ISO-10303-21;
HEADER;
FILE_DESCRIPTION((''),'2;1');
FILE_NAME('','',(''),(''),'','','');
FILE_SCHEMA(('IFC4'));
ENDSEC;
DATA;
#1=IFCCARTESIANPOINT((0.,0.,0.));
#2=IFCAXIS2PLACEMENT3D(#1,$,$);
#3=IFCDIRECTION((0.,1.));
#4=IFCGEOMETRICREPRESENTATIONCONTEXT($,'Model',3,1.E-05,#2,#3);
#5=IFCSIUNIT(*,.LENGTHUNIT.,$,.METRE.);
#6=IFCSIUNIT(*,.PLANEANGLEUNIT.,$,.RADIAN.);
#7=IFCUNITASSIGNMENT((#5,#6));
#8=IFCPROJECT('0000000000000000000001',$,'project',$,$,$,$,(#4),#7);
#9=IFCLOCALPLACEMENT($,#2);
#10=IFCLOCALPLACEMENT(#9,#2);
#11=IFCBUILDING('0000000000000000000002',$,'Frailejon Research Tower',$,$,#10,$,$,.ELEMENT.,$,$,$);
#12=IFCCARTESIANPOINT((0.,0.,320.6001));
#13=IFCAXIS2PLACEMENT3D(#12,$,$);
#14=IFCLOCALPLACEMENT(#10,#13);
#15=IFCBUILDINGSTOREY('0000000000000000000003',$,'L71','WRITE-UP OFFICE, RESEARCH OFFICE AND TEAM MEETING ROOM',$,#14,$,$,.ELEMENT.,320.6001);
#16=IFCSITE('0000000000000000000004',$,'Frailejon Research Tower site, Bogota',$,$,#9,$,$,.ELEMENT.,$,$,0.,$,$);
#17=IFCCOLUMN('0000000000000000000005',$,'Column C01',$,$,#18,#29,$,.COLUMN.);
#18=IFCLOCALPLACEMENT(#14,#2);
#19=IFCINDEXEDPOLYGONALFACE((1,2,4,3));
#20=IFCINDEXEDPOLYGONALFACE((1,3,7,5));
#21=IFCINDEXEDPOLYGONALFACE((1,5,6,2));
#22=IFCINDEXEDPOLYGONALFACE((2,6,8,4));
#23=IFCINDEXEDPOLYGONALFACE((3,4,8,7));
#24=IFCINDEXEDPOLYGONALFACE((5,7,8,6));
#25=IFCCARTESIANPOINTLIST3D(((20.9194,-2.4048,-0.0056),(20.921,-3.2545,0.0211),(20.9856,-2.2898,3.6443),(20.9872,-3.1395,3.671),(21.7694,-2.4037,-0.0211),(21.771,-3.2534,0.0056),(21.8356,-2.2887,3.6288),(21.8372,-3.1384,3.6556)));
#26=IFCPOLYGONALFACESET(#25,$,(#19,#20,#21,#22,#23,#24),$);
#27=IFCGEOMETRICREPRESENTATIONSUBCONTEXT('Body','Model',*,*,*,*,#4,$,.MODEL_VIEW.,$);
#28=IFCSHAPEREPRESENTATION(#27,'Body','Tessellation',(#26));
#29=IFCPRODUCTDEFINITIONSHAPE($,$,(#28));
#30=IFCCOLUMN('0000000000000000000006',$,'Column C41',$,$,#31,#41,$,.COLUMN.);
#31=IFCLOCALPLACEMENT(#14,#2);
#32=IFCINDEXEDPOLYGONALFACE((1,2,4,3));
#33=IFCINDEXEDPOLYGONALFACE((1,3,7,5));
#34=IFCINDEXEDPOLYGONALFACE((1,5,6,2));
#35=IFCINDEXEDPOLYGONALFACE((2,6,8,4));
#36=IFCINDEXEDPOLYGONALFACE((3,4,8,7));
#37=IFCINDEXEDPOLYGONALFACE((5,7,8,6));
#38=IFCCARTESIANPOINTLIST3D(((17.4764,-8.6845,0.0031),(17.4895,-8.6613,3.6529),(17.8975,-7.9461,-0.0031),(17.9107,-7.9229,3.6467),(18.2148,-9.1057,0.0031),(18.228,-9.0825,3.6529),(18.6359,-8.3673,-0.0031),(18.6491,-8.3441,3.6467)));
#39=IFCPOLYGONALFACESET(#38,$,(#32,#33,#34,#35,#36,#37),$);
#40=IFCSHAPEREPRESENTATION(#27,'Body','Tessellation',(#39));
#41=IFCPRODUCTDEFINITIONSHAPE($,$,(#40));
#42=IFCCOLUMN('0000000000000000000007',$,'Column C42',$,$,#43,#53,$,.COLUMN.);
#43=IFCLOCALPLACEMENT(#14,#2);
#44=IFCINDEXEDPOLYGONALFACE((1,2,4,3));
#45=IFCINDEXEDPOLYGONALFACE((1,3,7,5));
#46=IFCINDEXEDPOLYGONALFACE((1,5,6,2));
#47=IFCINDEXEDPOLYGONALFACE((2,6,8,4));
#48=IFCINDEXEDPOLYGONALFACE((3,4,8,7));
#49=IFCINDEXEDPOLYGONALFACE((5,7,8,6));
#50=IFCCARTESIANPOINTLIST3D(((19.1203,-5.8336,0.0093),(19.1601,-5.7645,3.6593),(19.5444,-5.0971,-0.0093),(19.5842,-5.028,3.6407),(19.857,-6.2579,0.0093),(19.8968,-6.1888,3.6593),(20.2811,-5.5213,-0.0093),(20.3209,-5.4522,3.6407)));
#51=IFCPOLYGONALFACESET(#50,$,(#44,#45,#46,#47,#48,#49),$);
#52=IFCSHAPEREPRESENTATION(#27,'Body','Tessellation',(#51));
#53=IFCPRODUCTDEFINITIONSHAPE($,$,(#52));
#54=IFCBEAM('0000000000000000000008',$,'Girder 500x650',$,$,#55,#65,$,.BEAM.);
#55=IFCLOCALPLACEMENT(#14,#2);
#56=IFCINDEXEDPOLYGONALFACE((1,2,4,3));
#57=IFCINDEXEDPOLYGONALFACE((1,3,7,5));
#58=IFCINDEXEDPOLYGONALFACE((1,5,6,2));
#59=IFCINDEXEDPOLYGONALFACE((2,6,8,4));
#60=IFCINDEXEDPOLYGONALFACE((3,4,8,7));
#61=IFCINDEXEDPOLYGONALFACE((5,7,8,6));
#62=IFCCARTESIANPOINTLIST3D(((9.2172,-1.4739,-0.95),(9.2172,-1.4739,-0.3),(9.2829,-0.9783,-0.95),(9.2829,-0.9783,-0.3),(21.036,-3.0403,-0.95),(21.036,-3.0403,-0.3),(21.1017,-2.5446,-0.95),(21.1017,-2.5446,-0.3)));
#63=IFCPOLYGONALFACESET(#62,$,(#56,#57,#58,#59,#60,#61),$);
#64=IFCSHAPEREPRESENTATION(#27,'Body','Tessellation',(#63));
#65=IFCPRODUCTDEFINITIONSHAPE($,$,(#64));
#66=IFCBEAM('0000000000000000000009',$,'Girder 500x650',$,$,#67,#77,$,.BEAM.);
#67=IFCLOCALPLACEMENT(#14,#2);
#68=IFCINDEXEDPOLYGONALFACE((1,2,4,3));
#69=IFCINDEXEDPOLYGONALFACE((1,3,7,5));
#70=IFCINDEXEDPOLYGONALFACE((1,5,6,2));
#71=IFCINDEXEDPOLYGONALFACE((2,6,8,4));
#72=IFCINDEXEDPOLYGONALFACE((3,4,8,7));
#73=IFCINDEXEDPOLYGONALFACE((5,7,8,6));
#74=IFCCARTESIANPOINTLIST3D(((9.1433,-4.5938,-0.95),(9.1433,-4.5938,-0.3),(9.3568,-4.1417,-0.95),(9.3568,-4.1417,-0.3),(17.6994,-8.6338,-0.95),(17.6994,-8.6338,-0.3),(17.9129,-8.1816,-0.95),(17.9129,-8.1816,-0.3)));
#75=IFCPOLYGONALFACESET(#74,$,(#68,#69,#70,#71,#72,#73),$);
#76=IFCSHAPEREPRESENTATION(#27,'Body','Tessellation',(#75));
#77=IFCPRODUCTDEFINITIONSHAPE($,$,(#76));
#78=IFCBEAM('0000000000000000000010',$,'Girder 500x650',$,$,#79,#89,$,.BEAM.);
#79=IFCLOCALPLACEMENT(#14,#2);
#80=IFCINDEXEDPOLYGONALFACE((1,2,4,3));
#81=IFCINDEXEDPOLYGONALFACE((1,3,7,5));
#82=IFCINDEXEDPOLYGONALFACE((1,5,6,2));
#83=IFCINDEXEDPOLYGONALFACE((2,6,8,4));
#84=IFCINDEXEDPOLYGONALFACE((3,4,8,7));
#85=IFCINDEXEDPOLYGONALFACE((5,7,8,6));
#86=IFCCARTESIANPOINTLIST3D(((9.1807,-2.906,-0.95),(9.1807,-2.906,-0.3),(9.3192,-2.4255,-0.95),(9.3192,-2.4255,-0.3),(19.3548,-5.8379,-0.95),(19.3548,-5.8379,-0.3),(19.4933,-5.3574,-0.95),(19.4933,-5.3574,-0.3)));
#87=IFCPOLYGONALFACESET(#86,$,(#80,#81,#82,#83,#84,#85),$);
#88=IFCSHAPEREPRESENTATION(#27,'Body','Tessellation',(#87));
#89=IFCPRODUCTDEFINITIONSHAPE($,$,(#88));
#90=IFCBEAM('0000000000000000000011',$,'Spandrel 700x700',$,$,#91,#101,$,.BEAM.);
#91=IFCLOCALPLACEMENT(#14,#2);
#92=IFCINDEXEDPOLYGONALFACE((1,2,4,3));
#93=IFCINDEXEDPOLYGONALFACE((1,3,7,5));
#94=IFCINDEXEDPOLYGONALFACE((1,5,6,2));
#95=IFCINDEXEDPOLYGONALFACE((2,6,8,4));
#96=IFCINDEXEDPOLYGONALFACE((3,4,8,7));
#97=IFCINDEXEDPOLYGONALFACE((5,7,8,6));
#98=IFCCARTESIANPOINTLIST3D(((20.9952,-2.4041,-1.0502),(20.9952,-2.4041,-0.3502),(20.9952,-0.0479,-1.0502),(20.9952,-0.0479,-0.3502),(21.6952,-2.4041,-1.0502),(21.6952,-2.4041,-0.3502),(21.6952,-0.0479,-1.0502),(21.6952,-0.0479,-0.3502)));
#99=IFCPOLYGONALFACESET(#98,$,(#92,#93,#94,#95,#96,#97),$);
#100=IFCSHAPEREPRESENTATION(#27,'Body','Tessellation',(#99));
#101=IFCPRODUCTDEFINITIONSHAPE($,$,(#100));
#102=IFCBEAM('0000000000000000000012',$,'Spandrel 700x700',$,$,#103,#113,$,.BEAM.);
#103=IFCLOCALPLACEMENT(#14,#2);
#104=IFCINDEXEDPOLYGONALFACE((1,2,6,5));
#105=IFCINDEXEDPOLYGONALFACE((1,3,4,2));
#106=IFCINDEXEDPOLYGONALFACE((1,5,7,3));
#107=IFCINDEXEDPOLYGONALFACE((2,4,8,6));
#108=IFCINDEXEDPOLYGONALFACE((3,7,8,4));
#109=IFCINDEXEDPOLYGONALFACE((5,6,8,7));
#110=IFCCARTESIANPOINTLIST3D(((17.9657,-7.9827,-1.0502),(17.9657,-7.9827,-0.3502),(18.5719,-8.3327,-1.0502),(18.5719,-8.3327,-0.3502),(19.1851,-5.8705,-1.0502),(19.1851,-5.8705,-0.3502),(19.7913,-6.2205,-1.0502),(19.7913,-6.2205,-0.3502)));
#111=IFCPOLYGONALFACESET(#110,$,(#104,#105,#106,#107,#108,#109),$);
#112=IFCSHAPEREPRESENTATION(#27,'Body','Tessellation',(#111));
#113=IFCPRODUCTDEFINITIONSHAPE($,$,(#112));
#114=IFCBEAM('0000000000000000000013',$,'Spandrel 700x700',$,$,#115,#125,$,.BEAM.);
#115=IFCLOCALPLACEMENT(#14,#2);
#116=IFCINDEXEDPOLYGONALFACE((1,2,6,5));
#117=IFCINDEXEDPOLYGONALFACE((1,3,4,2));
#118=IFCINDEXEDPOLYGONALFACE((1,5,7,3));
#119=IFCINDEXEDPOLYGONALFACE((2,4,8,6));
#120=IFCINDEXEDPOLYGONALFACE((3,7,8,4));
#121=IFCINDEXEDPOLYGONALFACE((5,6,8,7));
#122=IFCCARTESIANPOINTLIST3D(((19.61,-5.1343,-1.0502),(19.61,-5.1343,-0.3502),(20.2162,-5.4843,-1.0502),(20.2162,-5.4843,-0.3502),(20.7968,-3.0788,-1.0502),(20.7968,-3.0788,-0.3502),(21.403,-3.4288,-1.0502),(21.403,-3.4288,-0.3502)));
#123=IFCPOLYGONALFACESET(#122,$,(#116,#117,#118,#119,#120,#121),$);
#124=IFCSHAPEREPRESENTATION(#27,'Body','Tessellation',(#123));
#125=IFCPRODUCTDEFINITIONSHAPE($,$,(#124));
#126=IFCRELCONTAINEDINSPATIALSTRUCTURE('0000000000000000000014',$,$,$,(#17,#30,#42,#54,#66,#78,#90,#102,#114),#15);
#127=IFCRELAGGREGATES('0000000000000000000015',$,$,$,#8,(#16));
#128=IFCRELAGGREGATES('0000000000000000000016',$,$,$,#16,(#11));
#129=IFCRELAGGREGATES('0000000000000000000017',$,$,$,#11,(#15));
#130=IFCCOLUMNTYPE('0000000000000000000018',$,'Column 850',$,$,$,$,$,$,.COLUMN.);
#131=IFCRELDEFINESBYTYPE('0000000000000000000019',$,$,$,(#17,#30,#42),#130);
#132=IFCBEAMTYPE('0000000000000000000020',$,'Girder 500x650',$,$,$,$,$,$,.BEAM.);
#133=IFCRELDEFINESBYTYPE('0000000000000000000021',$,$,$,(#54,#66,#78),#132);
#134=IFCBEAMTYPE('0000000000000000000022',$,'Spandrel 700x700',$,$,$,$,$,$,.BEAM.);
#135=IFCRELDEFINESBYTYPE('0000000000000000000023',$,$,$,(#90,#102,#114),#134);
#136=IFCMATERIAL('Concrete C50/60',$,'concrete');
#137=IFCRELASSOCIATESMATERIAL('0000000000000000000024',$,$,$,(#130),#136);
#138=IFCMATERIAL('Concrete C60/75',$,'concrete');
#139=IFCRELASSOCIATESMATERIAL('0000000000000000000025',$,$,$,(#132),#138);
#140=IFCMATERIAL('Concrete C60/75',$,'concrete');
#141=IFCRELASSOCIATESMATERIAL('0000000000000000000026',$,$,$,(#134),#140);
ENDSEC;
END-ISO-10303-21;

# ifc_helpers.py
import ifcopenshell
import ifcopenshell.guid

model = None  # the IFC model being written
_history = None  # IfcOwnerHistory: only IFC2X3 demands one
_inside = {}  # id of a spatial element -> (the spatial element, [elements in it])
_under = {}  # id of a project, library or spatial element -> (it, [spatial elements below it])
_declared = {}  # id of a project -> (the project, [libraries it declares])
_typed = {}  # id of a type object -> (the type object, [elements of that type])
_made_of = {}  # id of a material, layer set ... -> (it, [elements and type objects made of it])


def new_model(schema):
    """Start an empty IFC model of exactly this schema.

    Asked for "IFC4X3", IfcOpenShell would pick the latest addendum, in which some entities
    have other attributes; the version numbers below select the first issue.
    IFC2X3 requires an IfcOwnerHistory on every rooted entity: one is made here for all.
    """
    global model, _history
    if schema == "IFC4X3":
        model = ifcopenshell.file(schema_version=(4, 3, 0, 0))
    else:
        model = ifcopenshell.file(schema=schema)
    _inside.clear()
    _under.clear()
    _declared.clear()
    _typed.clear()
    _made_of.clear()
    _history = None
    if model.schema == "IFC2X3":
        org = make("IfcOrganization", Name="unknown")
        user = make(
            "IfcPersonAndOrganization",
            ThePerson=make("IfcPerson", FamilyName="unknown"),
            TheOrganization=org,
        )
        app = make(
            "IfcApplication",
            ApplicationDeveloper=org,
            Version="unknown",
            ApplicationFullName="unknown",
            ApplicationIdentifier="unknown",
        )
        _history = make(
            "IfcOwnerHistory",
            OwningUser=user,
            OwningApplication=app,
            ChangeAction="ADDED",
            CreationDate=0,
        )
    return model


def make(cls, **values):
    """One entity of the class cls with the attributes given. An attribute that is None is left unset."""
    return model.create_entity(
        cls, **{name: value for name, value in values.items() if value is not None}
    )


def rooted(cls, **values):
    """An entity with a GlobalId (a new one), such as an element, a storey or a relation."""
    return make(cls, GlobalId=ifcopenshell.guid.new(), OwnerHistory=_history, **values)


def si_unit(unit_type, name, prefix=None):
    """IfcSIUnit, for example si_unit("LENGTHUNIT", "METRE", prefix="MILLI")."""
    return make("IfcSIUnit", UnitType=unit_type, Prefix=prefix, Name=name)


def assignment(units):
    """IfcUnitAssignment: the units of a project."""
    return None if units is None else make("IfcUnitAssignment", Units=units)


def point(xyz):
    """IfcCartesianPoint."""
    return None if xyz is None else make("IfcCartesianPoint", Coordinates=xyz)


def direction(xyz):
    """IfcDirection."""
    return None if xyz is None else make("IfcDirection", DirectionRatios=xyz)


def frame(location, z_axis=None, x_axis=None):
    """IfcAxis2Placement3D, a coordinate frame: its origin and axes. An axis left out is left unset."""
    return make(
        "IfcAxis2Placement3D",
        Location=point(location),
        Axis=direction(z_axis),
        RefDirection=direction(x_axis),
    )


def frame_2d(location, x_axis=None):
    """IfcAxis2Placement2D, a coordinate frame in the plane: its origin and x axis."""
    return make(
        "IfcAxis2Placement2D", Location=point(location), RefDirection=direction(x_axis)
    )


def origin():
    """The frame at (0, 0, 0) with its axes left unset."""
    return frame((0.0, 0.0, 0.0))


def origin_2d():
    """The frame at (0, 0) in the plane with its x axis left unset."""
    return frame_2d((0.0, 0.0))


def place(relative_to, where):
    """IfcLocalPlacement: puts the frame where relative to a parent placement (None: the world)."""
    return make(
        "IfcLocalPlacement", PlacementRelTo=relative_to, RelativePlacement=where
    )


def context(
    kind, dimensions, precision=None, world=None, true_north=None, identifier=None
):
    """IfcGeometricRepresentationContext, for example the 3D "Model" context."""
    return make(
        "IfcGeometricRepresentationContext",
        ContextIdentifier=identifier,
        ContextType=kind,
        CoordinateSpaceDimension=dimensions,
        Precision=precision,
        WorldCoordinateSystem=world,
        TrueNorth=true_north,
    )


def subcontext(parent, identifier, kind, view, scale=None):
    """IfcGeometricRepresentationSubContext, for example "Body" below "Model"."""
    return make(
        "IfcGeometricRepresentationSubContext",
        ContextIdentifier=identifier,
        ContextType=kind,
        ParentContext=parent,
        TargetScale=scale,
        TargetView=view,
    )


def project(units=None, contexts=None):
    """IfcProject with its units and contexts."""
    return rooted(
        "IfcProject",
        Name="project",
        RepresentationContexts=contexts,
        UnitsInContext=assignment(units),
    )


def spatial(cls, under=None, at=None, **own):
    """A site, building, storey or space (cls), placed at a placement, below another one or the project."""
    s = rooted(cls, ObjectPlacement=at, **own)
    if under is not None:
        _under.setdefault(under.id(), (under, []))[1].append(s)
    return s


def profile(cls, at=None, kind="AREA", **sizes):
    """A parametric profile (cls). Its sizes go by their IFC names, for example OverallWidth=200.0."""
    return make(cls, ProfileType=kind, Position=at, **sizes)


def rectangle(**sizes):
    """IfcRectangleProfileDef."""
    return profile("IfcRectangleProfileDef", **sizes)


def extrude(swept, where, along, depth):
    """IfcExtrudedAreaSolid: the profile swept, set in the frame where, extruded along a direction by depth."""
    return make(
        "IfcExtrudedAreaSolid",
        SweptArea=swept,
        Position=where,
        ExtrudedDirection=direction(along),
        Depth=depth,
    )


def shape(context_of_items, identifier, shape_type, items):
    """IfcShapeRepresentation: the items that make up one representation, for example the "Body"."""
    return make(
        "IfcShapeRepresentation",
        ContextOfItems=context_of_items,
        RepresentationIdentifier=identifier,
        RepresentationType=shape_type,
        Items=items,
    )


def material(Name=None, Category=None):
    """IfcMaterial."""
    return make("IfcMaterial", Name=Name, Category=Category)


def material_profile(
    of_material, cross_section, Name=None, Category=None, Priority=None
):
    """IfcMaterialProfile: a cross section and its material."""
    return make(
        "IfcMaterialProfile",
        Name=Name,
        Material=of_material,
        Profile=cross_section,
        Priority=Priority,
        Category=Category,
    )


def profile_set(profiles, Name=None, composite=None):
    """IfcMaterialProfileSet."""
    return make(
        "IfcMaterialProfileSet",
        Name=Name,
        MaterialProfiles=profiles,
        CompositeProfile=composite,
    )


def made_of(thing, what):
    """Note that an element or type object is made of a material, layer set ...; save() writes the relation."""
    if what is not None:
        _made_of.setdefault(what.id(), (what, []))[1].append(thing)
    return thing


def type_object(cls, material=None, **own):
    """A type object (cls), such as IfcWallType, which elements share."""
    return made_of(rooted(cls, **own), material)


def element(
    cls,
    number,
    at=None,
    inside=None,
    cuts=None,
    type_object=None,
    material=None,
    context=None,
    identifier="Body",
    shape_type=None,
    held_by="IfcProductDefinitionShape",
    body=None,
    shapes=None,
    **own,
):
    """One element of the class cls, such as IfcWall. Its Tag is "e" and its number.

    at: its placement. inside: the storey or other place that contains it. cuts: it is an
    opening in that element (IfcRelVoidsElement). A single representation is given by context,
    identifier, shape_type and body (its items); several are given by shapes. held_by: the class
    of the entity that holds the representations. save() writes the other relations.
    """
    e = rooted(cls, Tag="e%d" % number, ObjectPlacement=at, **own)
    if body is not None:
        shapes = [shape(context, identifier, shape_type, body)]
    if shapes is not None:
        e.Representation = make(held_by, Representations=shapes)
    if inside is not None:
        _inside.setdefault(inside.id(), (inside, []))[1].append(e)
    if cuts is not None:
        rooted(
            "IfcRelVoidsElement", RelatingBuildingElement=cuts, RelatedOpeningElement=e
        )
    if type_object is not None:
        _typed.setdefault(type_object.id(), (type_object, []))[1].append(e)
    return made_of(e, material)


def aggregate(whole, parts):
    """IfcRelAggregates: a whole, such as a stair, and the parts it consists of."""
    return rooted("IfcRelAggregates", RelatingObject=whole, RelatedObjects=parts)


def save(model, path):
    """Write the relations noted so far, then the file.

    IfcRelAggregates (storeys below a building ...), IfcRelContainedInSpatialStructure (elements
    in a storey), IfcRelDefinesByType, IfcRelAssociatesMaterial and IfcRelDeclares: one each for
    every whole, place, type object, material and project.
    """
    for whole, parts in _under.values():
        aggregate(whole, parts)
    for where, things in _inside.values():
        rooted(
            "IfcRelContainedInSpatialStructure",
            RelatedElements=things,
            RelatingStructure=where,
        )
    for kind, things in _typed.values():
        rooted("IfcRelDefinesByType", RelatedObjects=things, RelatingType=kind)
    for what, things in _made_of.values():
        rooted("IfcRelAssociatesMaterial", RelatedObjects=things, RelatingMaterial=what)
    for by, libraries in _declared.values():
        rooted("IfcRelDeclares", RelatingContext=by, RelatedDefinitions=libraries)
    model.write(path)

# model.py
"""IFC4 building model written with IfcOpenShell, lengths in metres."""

from ifc_helpers import new_model, si_unit, direction, frame, origin, origin_2d, place, context, subcontext, project, spatial, rectangle, extrude, material, material_profile, profile_set, type_object, element, save


model = new_model("IFC4")

# Units and contexts
model_context = context("Model", 3, precision=1e-05, world=origin(), true_north=direction((0.0, 1.0)))
body_context = subcontext(model_context, "Body", "Model", "MODEL_VIEW")
ifc_project = project(units=[si_unit("LENGTHUNIT", "METRE"), si_unit("PLANEANGLEUNIT", "RADIAN")], contexts=[model_context])

# Site, building, storey
site_placement = place(None, origin())
site = spatial("IfcSite", under=ifc_project, at=site_placement, Name="Frailejon Research Tower site, Bogota", CompositionType="ELEMENT", RefElevation=0.0)
building_placement = place(site_placement, origin())
building = spatial("IfcBuilding", under=site, at=building_placement, Name="Frailejon Research Tower", CompositionType="ELEMENT")
storey_placement = place(building_placement, frame((0.0, 0.0, 320.6001)))
storey = spatial("IfcBuildingStorey", under=building, at=storey_placement, Name="L71", Description="WRITE-UP OFFICE, RESEARCH OFFICE AND TEAM MEETING ROOM", CompositionType="ELEMENT", Elevation=320.6001)

# Columns
ifc_material_1 = material(Name="Concrete C50/60", Category="concrete")
ifc_material_profile_1 = material_profile(ifc_material_1, rectangle(XDim=0.8501, YDim=0.8501, at=origin_2d()), Name="Column 850")
ifc_profile_set_1 = profile_set([ifc_material_profile_1], Name="Concrete C50/60")
column_type = type_object("IfcColumnType", Name="Column 850", PredefinedType="COLUMN", material=ifc_profile_set_1)
column_1_placement = place(storey_placement, frame((21.3452, -2.8291, 0.0), z_axis=(0.018115, 0.031484, 0.99934), x_axis=(-0.001873, 0.999503, -0.031455)))
element("IfcColumn", 1, at=column_1_placement, inside=storey, type_object=column_type, Name="Column C01", PredefinedType="COLUMN", context=body_context, shape_type="SweptSolid", body=[
    extrude(rectangle(XDim=0.8501, YDim=0.8501, at=origin_2d()), origin(), (0.0, 0.0, 1.0), 3.6523),
])
column_2_placement = place(storey_placement, frame((18.0562, -8.5259, 0.0), z_axis=(0.003612, 0.006354, 0.999973), x_axis=(0.495427, 0.868619, -0.007309)))
element("IfcColumn", 2, at=column_2_placement, inside=storey, type_object=column_type, Name="Column C41", PredefinedType="COLUMN", context=body_context, shape_type="SweptSolid", body=[
    extrude(rectangle(XDim=0.8501, YDim=0.8501, at=origin_2d()), origin(), (0.0, 0.0, 1.0), 3.6499),
])
column_3_placement = place(storey_placement, frame((19.7007, -5.6775, 0.0), z_axis=(0.0109, 0.018925, 0.999761), x_axis=(0.498899, 0.866385, -0.02184)))
element("IfcColumn", 3, at=column_3_placement, inside=storey, type_object=column_type, Name="Column C42", PredefinedType="COLUMN", context=body_context, shape_type="SweptSolid", body=[
    extrude(rectangle(XDim=0.8501, YDim=0.8501, at=origin_2d()), origin(), (0.0, 0.0, 1.0), 3.6509),
])

# Beams
ifc_material_2 = material(Name="Concrete C60/75", Category="concrete")
ifc_material_profile_2 = material_profile(ifc_material_2, rectangle(XDim=0.5, YDim=0.6499, at=origin_2d()), Name="Girder 500x650")
ifc_profile_set_2 = profile_set([ifc_material_profile_2], Name="Concrete C60/75")
beam_type_1 = type_object("IfcBeamType", Name="Girder 500x650", PredefinedType="BEAM", material=ifc_profile_set_2)
beam_1_placement = place(storey_placement, frame((21.0688, -2.7925, -0.625), z_axis=(-0.991331, 0.131386, 0.0), x_axis=(-0.131386, -0.991331, 0.0)))
element("IfcBeam", 4, at=beam_1_placement, inside=storey, type_object=beam_type_1, Name="Girder 500x650", PredefinedType="BEAM", context=body_context, shape_type="SweptSolid", body=[
    extrude(rectangle(XDim=0.5, YDim=0.6499, at=origin_2d()), origin(), (0.0, 0.0, 1.0), 11.9221),
])
beam_2_placement = place(storey_placement, frame((17.8062, -8.4077, -0.625), z_axis=(-0.904264, 0.426975, 0.0), x_axis=(-0.426975, -0.904264, 0.0)))
element("IfcBeam", 5, at=beam_2_placement, inside=storey, type_object=beam_type_1, Name="Girder 500x650", PredefinedType="BEAM", context=body_context, shape_type="SweptSolid", body=[
    extrude(rectangle(XDim=0.5, YDim=0.6499, at=origin_2d()), origin(), (0.0, 0.0, 1.0), 9.4619),
])
beam_3_placement = place(storey_placement, frame((19.4241, -5.5977, -0.625), z_axis=(-0.960898, 0.276904, 0.0), x_axis=(-0.276904, -0.960898, 0.0)))
element("IfcBeam", 6, at=beam_3_placement, inside=storey, type_object=beam_type_1, Name="Girder 500x650", PredefinedType="BEAM", context=body_context, shape_type="SweptSolid", body=[
    extrude(rectangle(XDim=0.5, YDim=0.6499, at=origin_2d()), origin(), (0.0, 0.0, 1.0), 10.5881),
])
ifc_material_3 = material(Name="Concrete C60/75", Category="concrete")
ifc_material_profile_3 = material_profile(ifc_material_3, rectangle(XDim=0.7, YDim=0.7, at=origin_2d()), Name="Spandrel 700x700")
ifc_profile_set_3 = profile_set([ifc_material_profile_3], Name="Concrete C60/75")
beam_type_2 = type_object("IfcBeamType", Name="Spandrel 700x700", PredefinedType="BEAM", material=ifc_profile_set_3)
beam_4_placement = place(storey_placement, frame((21.3452, -2.4041, -0.7002), z_axis=(0.0, 1.0, 0.0), x_axis=(-1.0, 0.0, 0.0)))
element("IfcBeam", 7, at=beam_4_placement, inside=storey, type_object=beam_type_2, Name="Spandrel 700x700", PredefinedType="BEAM", context=body_context, shape_type="SweptSolid", body=[
    extrude(rectangle(XDim=0.7, YDim=0.7, at=origin_2d()), origin(), (0.0, 0.0, 1.0), 2.3562),
])
beam_5_placement = place(storey_placement, frame((18.2688, -8.1577, -0.7002), z_axis=(0.499982, 0.866036, 0.0), x_axis=(-0.866036, 0.499982, 0.0)))
element("IfcBeam", 8, at=beam_5_placement, inside=storey, type_object=beam_type_2, Name="Spandrel 700x700", PredefinedType="BEAM", context=body_context, shape_type="SweptSolid", body=[
    extrude(rectangle(XDim=0.7, YDim=0.7, at=origin_2d()), origin(), (0.0, 0.0, 1.0), 2.439),
])
beam_6_placement = place(storey_placement, frame((19.9131, -5.3093, -0.7002), z_axis=(0.500022, 0.866013, 0.0), x_axis=(-0.866013, 0.500022, 0.0)))
element("IfcBeam", 9, at=beam_6_placement, inside=storey, type_object=beam_type_2, Name="Spandrel 700x700", PredefinedType="BEAM", context=body_context, shape_type="SweptSolid", body=[
    extrude(rectangle(XDim=0.7, YDim=0.7, at=origin_2d()), origin(), (0.0, 0.0, 1.0), 2.3735),
])

save(model, "model.ifc")
